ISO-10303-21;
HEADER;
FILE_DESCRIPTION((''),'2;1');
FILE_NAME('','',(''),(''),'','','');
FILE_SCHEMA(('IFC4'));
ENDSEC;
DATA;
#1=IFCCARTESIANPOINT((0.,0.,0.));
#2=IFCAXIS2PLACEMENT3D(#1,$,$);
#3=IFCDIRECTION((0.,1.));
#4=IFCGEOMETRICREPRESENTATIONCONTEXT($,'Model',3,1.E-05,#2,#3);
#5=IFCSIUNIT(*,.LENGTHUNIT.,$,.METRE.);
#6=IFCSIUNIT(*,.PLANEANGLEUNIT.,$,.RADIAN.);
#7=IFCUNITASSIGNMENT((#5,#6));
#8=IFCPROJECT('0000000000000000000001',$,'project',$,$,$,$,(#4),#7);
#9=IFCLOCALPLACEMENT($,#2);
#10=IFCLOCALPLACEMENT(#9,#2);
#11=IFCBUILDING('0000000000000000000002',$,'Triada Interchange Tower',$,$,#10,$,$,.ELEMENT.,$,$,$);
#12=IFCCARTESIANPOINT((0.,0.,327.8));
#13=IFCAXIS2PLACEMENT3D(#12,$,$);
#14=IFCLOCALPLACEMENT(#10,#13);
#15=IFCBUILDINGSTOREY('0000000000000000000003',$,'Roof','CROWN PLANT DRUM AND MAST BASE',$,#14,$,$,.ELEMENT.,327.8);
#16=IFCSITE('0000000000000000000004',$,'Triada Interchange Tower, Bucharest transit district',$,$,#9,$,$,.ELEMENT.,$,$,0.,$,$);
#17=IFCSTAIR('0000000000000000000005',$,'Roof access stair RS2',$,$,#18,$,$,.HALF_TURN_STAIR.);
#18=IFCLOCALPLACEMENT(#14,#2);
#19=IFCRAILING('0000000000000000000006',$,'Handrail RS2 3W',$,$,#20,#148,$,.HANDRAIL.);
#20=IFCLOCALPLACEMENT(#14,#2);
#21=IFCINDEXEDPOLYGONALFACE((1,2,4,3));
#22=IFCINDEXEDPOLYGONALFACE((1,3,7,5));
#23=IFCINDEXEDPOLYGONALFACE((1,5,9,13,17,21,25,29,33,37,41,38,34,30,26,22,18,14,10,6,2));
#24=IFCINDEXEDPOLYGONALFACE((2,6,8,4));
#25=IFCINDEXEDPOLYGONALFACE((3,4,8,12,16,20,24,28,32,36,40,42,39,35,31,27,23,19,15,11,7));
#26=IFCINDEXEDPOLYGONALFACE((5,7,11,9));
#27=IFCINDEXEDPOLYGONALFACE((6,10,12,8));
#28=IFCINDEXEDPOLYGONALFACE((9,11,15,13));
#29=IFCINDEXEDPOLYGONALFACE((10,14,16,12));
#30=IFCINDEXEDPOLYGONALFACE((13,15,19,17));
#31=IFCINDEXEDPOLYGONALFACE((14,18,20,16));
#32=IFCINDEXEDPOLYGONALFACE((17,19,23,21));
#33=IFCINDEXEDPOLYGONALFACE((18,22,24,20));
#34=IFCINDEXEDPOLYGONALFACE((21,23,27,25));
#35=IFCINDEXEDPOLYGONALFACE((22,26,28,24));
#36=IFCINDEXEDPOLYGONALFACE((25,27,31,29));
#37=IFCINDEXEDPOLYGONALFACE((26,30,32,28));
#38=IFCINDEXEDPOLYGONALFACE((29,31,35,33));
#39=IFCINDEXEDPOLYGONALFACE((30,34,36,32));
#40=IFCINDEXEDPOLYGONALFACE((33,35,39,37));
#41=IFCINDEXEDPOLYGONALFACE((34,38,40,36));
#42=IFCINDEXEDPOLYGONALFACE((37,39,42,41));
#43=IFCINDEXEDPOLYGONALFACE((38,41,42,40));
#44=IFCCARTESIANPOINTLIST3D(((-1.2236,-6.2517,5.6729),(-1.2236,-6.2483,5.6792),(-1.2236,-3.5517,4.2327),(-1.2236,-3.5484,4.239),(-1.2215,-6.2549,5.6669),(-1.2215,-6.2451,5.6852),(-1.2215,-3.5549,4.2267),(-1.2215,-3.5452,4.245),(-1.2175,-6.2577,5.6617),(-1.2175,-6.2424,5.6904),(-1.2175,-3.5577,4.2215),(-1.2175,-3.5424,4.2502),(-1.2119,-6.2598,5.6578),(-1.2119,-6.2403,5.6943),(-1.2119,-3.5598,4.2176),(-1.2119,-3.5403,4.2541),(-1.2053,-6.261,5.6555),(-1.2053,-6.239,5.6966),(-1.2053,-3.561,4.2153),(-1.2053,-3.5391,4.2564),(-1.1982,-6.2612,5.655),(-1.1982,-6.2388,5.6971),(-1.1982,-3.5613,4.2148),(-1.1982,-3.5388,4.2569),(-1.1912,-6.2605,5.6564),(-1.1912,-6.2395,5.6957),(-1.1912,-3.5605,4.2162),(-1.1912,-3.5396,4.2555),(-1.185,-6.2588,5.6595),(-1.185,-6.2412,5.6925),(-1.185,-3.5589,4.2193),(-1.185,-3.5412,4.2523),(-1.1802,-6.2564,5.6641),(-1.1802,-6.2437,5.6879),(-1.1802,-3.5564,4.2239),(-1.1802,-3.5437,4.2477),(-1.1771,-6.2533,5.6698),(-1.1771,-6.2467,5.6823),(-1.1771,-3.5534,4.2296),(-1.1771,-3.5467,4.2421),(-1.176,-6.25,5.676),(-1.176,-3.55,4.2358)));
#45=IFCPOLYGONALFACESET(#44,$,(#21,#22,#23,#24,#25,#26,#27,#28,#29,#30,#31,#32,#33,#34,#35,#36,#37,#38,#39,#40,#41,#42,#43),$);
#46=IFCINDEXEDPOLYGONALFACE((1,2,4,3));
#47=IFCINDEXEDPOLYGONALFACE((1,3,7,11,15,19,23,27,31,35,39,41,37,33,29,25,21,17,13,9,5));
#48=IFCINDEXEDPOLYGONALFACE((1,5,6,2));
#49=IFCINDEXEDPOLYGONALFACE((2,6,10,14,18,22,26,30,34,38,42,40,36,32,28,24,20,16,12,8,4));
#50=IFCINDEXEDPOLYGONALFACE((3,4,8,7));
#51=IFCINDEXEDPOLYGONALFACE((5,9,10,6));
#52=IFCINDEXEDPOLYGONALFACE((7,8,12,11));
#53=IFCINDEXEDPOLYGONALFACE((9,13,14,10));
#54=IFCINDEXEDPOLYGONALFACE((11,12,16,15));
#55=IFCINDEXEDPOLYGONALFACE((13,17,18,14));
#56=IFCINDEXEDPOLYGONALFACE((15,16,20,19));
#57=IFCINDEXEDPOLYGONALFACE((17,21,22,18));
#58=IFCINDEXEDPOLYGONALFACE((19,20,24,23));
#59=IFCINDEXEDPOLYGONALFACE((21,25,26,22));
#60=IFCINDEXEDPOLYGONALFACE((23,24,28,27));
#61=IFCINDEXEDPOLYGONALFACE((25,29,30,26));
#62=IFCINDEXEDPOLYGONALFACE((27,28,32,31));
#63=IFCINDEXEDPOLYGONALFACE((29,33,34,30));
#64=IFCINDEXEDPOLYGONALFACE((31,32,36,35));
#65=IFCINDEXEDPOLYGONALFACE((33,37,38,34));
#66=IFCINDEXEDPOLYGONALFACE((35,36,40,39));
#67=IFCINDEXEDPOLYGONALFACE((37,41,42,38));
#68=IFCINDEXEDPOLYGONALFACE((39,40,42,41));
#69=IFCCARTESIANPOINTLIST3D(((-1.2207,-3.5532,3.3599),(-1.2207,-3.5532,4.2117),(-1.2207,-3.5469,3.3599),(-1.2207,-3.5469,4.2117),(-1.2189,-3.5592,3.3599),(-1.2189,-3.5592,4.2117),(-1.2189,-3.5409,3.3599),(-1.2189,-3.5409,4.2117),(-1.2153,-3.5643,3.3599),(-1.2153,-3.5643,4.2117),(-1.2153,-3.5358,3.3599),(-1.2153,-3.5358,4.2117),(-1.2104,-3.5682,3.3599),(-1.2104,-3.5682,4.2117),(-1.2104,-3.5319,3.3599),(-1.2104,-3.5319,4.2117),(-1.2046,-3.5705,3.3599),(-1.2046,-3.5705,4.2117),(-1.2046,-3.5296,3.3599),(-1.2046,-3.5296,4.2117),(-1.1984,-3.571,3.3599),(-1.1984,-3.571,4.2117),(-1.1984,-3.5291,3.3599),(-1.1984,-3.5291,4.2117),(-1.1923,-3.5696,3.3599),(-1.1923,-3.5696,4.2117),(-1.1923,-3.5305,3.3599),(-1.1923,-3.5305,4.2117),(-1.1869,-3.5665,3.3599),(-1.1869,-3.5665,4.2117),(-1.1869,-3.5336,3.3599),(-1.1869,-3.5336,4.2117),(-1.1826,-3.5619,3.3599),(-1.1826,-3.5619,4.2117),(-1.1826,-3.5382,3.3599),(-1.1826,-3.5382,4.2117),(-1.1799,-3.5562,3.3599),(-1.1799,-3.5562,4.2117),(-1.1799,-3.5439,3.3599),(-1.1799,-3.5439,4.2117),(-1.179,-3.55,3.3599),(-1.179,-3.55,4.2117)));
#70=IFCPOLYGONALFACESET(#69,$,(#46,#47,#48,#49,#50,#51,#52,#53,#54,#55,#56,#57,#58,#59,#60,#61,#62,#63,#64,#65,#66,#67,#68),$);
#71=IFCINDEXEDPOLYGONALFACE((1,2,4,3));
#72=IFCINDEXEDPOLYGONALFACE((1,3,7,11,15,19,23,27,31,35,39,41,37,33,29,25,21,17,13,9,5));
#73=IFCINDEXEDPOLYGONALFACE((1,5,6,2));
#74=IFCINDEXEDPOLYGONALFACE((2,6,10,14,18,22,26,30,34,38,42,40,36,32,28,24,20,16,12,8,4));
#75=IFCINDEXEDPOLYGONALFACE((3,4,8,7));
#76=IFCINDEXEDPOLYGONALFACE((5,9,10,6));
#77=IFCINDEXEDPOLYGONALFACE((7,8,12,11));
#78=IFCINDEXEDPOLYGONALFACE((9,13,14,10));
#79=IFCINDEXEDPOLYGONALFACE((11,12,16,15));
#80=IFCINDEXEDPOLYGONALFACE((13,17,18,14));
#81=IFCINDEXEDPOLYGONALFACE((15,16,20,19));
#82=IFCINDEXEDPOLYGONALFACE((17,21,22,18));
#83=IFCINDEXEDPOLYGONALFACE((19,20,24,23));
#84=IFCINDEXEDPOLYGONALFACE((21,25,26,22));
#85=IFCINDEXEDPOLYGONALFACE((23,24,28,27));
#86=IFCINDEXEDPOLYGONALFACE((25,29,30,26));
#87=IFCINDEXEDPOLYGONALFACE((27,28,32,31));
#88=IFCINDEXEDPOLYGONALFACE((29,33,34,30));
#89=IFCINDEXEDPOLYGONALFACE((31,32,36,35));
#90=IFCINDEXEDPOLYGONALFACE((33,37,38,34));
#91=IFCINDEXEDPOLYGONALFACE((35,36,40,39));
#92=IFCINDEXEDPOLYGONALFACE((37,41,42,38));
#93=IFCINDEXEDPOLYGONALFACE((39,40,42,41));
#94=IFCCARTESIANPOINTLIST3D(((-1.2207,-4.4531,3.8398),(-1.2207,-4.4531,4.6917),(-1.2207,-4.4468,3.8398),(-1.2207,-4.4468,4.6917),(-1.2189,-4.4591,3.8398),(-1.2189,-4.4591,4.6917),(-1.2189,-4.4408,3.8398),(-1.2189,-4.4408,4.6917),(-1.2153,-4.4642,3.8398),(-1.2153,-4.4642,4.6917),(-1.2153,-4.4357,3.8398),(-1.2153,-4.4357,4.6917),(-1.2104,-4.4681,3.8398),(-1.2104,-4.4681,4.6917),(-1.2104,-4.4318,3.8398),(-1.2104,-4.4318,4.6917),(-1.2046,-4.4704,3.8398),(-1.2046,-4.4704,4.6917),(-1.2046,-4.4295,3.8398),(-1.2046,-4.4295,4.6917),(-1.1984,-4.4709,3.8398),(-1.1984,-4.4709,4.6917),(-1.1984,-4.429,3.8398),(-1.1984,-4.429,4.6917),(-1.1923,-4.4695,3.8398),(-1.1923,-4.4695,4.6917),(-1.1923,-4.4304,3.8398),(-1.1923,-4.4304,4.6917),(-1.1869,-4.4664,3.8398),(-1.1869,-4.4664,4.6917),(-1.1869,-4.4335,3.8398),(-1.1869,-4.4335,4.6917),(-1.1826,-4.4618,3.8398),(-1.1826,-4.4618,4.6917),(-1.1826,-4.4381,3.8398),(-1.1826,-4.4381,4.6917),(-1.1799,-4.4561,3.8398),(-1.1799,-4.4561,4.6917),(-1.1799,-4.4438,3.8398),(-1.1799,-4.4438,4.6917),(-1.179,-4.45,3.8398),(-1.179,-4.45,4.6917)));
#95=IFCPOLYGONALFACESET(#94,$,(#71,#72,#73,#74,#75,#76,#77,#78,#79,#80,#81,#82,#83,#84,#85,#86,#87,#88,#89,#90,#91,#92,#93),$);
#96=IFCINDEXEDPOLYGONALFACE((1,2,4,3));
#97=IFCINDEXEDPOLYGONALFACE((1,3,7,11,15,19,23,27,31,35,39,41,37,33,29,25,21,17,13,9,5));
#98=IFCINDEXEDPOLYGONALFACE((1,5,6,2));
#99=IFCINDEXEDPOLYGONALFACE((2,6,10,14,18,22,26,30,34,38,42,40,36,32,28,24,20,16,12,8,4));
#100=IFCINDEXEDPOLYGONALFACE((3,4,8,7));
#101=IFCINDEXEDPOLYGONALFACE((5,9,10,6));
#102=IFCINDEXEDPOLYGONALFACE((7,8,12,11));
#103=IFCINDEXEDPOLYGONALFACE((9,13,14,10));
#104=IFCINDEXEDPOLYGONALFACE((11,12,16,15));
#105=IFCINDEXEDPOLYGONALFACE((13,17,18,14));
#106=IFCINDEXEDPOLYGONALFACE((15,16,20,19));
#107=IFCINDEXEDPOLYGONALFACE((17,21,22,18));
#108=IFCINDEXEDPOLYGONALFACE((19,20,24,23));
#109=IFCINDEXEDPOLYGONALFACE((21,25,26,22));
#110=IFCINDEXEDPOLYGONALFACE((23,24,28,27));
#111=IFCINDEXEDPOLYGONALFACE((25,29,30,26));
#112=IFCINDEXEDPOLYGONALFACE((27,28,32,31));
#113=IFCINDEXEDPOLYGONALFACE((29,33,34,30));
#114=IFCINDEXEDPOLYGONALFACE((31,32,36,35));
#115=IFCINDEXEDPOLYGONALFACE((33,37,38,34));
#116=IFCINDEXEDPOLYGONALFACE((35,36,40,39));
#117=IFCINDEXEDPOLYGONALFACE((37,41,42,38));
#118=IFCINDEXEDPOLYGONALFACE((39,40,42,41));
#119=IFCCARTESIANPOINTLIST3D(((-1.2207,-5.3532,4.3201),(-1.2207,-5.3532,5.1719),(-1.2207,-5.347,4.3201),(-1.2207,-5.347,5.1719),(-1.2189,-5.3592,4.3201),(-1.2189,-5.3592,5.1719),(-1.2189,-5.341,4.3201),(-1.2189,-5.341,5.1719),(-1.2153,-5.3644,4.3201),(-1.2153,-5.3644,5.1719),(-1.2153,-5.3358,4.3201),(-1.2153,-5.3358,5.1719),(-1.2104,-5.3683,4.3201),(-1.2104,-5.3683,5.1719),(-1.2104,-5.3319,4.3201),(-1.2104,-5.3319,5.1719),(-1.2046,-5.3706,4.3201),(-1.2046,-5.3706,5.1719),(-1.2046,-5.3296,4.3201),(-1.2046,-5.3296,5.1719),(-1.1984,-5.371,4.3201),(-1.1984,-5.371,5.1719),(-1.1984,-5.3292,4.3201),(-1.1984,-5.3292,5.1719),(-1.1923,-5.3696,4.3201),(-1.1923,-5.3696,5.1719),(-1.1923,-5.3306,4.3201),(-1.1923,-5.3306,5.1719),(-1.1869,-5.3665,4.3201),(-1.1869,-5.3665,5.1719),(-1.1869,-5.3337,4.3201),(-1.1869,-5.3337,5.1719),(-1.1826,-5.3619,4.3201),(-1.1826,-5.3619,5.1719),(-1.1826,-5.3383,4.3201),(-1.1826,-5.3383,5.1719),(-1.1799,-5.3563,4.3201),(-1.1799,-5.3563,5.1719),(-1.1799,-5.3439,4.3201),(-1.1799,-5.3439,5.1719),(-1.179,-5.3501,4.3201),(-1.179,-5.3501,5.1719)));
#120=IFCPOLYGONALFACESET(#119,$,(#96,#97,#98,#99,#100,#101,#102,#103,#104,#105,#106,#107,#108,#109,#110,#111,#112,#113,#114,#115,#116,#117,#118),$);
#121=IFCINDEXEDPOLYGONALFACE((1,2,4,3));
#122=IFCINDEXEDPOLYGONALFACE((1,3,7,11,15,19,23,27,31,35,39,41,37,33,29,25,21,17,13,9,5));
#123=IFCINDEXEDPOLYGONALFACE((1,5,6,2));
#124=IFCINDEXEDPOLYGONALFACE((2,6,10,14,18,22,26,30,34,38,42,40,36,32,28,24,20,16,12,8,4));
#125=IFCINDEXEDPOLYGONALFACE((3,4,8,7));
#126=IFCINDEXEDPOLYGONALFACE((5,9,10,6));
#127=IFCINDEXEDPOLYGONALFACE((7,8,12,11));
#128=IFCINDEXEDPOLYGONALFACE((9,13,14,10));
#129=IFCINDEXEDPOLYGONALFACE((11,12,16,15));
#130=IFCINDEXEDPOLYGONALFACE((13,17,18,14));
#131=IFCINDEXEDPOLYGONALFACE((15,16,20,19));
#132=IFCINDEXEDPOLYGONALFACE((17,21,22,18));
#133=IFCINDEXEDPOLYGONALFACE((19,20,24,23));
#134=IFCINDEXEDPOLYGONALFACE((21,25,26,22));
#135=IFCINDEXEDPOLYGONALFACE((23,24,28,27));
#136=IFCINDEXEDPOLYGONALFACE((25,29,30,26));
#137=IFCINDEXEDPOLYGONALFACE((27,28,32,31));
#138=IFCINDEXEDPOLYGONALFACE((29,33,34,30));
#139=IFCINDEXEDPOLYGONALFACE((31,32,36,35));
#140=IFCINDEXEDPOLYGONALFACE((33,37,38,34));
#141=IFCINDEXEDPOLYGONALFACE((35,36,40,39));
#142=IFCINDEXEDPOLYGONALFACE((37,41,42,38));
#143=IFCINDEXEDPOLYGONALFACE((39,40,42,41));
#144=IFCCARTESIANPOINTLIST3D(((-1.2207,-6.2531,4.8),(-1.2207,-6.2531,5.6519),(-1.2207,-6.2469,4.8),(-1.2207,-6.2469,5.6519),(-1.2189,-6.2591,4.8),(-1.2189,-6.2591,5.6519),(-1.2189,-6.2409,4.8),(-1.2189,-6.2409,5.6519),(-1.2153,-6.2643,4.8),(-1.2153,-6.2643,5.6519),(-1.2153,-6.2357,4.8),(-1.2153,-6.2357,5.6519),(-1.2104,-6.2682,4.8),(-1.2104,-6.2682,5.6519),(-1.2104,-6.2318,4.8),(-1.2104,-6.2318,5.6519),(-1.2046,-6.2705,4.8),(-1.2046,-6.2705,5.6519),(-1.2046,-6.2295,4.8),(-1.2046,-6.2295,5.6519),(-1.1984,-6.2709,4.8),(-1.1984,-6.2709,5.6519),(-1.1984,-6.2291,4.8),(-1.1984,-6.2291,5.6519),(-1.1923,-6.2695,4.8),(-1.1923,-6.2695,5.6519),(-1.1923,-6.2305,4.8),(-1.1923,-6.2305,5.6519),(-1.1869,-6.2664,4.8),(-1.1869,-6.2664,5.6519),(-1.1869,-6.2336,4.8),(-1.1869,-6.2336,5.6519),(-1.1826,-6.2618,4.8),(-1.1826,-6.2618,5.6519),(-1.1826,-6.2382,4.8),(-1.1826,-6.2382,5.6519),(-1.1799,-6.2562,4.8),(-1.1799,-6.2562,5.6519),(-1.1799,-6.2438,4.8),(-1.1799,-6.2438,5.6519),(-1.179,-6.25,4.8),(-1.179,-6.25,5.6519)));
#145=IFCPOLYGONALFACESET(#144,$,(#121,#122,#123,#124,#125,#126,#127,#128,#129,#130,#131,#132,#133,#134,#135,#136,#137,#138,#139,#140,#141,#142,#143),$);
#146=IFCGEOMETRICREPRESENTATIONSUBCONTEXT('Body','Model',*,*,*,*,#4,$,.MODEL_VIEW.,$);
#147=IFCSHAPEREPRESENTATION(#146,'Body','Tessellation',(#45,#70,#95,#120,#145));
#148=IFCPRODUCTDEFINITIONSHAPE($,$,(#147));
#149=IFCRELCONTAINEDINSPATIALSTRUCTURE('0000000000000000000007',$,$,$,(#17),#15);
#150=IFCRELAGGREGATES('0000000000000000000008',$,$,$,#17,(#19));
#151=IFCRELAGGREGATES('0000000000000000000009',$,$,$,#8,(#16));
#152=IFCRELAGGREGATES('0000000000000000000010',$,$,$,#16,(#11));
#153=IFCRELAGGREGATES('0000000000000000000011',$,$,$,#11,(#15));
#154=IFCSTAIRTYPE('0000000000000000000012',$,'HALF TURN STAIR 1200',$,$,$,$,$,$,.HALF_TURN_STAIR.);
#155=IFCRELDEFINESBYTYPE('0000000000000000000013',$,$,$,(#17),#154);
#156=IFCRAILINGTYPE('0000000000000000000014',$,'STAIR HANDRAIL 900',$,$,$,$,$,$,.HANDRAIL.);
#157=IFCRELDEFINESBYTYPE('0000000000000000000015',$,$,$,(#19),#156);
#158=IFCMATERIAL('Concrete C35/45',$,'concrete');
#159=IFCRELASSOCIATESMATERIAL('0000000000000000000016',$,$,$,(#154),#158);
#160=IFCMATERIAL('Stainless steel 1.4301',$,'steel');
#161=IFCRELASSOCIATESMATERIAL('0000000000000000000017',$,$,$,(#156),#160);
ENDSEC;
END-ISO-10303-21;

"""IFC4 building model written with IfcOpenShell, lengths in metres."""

from ifc_helpers import new_model, si_unit, direction, frame, origin, origin_2d, place, context, subcontext, project, spatial, circle, extrude, material, type_object, element, aggregate, save


model = new_model("IFC4")

# Units and contexts
model_context = context("Model", 3, precision=1e-05, world=origin(), true_north=direction((0.0, 1.0)))
body_context = subcontext(model_context, "Body", "Model", "MODEL_VIEW")
ifc_project = project(units=[si_unit("LENGTHUNIT", "METRE"), si_unit("PLANEANGLEUNIT", "RADIAN")], contexts=[model_context])

# Site, building, storey
site_placement = place(None, origin())
site = spatial("IfcSite", under=ifc_project, at=site_placement, Name="Triada Interchange Tower, Bucharest transit district", CompositionType="ELEMENT", RefElevation=0.0)
building_placement = place(site_placement, origin())
building = spatial("IfcBuilding", under=site, at=building_placement, Name="Triada Interchange Tower", CompositionType="ELEMENT")
storey_placement = place(building_placement, frame((0.0, 0.0, 327.8)))
storey = spatial("IfcBuildingStorey", under=building, at=storey_placement, Name="Roof", Description="CROWN PLANT DRUM AND MAST BASE", CompositionType="ELEMENT", Elevation=327.8)

# Stair
ifc_material_1 = material(Name="Concrete C35/45", Category="concrete")
stair_type = type_object("IfcStairType", Name="HALF TURN STAIR 1200", PredefinedType="HALF_TURN_STAIR", material=ifc_material_1)
stair_placement = place(storey_placement, origin())
stair = element("IfcStair", 1, at=stair_placement, inside=storey, type_object=stair_type, Name="Roof access stair RS2", PredefinedType="HALF_TURN_STAIR")

# Railing
ifc_material_2 = material(Name="Stainless steel 1.4301", Category="steel")
railing_type = type_object("IfcRailingType", Name="STAIR HANDRAIL 900", PredefinedType="HANDRAIL", material=ifc_material_2)
railing_1_placement = place(storey_placement, frame((-1.2, -3.55, 3.3599)))
railing_1 = element("IfcRailing", 2, at=railing_1_placement, type_object=railing_type, Name="Handrail RS2 3W", PredefinedType="HANDRAIL", context=body_context, shape_type="SweptSolid", body=[
    extrude(circle(Radius=0.0239, at=origin_2d()), frame((0.0, 0.0, 0.876), z_axis=(0.0, -0.882324, 0.470642), x_axis=(1.0, 0.0, 0.0)), (0.0, 0.0, 1.0), 3.0601),
    extrude(circle(Radius=0.021, at=origin_2d()), origin(), (0.0, 0.0, 1.0), 0.8518),
    extrude(circle(Radius=0.021, at=origin_2d()), frame((0.0, -0.8999, 0.48)), (0.0, 0.0, 1.0), 0.8518),
    extrude(circle(Radius=0.021, at=origin_2d()), frame((0.0, -1.8, 0.9602)), (0.0, 0.0, 1.0), 0.8518),
    extrude(circle(Radius=0.021, at=origin_2d()), frame((0.0, -2.7, 1.4402)), (0.0, 0.0, 1.0), 0.8518),
])
aggregate(stair, [railing_1])

save(model, "model.ifc")
